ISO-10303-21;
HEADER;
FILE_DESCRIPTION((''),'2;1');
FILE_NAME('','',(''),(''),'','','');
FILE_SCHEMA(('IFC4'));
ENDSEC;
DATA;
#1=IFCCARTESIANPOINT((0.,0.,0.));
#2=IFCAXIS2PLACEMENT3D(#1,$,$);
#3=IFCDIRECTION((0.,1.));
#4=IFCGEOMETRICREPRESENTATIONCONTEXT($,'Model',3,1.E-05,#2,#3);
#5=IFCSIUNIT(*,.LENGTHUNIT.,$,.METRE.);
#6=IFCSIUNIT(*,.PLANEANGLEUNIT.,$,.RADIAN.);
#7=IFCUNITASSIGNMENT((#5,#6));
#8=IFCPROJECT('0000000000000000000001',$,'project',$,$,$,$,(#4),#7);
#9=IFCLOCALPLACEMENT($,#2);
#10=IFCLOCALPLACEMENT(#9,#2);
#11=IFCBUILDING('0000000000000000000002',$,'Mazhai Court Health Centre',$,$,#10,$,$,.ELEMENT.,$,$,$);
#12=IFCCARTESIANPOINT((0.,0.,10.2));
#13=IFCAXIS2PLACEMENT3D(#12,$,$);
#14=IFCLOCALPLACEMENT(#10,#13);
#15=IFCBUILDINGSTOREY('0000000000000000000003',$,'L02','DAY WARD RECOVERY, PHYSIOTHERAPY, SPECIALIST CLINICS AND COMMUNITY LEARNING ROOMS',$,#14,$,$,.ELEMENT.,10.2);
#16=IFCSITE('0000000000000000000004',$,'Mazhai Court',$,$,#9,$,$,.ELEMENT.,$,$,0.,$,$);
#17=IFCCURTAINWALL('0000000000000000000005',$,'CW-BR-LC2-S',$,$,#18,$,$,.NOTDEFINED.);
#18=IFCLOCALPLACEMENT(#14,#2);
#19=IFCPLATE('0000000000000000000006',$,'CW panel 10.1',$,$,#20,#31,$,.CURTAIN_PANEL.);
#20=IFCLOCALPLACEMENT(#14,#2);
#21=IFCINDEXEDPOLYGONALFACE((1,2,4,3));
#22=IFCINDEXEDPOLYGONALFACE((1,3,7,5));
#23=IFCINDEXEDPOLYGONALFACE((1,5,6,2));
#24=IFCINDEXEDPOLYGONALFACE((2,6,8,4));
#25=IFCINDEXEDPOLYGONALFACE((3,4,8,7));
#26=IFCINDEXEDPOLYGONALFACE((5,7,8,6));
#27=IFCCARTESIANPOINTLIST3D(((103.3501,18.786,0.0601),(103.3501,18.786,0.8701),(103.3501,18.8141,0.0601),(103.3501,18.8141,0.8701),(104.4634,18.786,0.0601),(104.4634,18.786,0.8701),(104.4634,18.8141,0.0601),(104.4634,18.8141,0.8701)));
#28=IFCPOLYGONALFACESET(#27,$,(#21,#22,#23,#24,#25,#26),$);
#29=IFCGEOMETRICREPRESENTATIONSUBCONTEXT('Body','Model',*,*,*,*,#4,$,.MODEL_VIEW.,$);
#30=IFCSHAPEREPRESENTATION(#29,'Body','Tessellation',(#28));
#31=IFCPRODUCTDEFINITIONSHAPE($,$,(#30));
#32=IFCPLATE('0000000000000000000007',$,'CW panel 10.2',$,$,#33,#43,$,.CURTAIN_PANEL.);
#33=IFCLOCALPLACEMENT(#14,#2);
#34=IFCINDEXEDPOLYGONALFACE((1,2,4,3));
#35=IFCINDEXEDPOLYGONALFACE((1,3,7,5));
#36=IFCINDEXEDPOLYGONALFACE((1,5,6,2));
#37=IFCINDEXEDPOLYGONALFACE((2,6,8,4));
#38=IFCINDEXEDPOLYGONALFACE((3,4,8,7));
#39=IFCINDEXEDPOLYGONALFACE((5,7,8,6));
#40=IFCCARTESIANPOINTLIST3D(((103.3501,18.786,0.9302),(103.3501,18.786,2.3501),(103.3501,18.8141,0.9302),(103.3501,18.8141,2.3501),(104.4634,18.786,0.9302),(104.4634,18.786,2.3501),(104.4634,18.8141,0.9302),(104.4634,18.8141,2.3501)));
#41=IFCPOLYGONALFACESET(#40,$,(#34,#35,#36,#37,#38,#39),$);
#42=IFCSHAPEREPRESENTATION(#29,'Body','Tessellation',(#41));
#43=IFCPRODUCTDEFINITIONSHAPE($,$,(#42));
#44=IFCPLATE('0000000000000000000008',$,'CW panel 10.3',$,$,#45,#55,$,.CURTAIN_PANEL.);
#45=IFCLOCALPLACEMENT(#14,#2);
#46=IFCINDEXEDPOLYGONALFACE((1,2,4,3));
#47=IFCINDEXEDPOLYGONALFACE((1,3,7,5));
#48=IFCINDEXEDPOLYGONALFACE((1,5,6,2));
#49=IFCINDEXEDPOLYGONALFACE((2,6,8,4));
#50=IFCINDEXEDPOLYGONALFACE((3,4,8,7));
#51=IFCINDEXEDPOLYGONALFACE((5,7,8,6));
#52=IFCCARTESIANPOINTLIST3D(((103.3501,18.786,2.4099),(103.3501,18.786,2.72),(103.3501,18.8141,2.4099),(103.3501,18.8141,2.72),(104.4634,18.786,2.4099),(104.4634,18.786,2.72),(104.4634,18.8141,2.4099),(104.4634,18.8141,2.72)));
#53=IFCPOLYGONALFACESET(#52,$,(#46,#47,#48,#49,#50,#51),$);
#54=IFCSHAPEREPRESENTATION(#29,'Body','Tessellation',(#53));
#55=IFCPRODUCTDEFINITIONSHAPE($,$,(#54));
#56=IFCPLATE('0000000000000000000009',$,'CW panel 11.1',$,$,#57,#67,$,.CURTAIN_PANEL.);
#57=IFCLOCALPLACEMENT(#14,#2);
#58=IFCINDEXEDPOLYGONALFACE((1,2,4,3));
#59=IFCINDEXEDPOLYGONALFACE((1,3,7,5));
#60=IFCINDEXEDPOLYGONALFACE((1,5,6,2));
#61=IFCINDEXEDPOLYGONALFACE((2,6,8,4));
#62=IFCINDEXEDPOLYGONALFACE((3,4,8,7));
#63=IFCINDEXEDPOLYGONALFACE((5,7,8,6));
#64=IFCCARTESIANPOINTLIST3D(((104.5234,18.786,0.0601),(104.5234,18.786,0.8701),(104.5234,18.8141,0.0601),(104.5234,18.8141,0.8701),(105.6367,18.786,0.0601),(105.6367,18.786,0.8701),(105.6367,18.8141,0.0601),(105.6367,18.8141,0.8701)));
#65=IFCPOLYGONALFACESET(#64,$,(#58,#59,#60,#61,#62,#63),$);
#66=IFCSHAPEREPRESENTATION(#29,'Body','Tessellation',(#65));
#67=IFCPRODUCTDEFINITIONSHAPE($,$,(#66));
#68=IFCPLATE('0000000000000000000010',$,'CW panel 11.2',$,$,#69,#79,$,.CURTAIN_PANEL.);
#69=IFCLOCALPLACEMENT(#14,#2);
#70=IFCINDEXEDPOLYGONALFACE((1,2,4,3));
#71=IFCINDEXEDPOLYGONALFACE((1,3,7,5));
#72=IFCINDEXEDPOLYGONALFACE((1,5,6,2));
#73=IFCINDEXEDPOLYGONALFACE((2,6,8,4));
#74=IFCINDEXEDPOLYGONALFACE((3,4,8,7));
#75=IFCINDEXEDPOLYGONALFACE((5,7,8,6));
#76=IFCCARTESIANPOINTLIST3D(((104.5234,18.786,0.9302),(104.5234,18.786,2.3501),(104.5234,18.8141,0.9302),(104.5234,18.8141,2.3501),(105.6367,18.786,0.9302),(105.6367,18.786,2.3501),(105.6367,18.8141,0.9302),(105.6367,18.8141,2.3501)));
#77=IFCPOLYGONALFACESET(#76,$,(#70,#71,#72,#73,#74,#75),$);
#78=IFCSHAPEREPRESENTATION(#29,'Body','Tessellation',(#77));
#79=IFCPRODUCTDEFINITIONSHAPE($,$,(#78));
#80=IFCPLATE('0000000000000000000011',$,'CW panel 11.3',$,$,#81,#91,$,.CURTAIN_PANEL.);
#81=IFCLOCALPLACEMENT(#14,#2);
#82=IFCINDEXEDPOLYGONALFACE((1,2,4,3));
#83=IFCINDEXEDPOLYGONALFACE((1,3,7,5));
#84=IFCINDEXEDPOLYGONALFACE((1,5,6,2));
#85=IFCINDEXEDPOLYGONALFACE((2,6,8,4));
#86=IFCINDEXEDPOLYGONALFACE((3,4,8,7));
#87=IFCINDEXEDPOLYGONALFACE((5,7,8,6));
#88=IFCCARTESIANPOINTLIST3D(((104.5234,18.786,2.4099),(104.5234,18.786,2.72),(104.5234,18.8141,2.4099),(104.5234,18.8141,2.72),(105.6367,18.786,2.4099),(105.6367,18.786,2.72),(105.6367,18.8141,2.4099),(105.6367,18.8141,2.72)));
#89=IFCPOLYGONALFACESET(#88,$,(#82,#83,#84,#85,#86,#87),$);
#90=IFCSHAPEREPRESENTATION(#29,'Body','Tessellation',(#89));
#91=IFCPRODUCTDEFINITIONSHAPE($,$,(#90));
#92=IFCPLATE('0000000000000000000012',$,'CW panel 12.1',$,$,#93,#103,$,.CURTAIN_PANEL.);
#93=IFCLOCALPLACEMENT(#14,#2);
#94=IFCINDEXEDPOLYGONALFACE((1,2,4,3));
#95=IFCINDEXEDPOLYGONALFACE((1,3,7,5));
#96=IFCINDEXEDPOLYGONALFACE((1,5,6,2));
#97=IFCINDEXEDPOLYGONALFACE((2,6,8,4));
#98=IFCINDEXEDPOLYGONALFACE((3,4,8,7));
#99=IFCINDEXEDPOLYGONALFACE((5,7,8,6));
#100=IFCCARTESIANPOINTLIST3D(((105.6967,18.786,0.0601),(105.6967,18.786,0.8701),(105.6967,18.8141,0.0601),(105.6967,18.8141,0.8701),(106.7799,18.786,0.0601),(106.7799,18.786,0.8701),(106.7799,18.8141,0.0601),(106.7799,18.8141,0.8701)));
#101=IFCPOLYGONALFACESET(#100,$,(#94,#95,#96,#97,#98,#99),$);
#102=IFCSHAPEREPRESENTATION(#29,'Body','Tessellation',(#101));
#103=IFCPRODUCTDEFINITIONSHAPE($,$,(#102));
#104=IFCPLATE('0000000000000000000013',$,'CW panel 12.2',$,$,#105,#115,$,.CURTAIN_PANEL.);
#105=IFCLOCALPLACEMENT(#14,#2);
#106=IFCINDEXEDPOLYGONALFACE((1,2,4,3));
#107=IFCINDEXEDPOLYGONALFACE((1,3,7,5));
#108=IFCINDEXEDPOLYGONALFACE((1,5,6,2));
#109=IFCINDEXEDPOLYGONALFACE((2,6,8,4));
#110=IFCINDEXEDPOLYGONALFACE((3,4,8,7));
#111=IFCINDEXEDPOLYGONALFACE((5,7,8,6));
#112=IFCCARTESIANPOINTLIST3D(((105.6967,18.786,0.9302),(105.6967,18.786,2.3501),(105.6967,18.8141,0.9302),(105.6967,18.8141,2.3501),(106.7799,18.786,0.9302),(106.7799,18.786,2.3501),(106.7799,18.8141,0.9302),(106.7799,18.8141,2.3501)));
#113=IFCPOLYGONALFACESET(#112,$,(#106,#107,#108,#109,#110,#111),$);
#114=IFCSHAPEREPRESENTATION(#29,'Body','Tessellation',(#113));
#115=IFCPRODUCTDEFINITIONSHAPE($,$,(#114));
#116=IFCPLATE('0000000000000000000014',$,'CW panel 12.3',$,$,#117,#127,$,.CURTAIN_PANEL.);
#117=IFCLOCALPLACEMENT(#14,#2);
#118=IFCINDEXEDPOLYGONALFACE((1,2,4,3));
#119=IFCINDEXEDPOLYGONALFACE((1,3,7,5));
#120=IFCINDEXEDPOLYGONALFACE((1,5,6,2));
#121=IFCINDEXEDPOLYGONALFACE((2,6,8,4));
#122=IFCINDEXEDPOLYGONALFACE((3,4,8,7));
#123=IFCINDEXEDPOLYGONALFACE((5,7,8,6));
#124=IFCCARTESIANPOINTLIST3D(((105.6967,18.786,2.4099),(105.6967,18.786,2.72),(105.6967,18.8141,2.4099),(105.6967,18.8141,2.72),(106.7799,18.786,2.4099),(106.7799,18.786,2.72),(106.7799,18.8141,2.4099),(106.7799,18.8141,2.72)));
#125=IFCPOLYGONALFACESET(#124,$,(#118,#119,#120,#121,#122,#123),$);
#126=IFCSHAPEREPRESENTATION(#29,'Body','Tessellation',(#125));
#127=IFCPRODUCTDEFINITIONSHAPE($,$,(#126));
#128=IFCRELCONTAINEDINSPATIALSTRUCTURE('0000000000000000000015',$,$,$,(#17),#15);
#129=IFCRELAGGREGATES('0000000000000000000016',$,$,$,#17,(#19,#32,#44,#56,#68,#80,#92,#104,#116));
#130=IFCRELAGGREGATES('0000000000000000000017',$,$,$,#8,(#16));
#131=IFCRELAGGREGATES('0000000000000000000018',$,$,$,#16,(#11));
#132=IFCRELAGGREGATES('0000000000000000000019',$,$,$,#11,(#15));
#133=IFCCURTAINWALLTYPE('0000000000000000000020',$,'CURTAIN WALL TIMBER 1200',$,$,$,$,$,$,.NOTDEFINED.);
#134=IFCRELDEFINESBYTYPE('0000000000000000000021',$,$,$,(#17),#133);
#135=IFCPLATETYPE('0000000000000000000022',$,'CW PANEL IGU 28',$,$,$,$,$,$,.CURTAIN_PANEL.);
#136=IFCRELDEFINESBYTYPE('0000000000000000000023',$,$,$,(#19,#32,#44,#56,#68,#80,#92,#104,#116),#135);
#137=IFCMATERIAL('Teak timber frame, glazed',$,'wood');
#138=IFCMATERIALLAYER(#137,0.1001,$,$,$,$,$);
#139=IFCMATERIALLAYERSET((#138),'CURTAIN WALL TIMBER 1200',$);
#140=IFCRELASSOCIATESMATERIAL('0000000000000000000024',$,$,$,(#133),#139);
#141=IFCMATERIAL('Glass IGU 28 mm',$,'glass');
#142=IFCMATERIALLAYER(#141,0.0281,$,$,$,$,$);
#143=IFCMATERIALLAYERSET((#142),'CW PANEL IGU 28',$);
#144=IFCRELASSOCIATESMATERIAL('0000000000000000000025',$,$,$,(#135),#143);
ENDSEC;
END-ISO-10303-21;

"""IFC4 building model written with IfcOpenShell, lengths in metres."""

from ifc_helpers import new_model, si_unit, direction, frame, origin, origin_2d, place, context, subcontext, project, spatial, rectangle, extrude, material, layer, layer_set, type_object, element, aggregate, save


model = new_model("IFC4")

# Units and contexts
model_context = context("Model", 3, precision=1e-05, world=origin(), true_north=direction((0.0, 1.0)))
body_context = subcontext(model_context, "Body", "Model", "MODEL_VIEW")
ifc_project = project(units=[si_unit("LENGTHUNIT", "METRE"), si_unit("PLANEANGLEUNIT", "RADIAN")], contexts=[model_context])

# Site, building, storey
site_placement = place(None, origin())
site = spatial("IfcSite", under=ifc_project, at=site_placement, Name="Mazhai Court", CompositionType="ELEMENT", RefElevation=0.0)
building_placement = place(site_placement, origin())
building = spatial("IfcBuilding", under=site, at=building_placement, Name="Mazhai Court Health Centre", CompositionType="ELEMENT")
storey_placement = place(building_placement, frame((0.0, 0.0, 10.2)))
storey = spatial("IfcBuildingStorey", under=building, at=storey_placement, Name="L02", Description="DAY WARD RECOVERY, PHYSIOTHERAPY, SPECIALIST CLINICS AND COMMUNITY LEARNING ROOMS", CompositionType="ELEMENT", Elevation=10.2)

# Curtain wall, plates
ifc_material_1 = material(Name="Teak timber frame, glazed", Category="wood")
ifc_layer_1 = layer(ifc_material_1, 0.1001)
ifc_layer_set_1 = layer_set([ifc_layer_1], Name="CURTAIN WALL TIMBER 1200")
curtain_wall_type = type_object("IfcCurtainWallType", Name="CURTAIN WALL TIMBER 1200", PredefinedType="NOTDEFINED", material=ifc_layer_set_1)
curtain_wall_placement = place(storey_placement, origin())
curtain_wall = element("IfcCurtainWall", 1, at=curtain_wall_placement, inside=storey, type_object=curtain_wall_type, Name="CW-BR-LC2-S", PredefinedType="NOTDEFINED")
ifc_material_2 = material(Name="Glass IGU 28 mm", Category="glass")
ifc_layer_2 = layer(ifc_material_2, 0.0281)
ifc_layer_set_2 = layer_set([ifc_layer_2], Name="CW PANEL IGU 28")
plate_type = type_object("IfcPlateType", Name="CW PANEL IGU 28", PredefinedType="CURTAIN_PANEL", material=ifc_layer_set_2)
plate_1_placement = place(storey_placement, frame((103.9067, 18.8, 0.0601), z_axis=(0.0, 0.0, 1.0), x_axis=(1.0, 0.0, 0.0)))
plate_1 = element("IfcPlate", 2, at=plate_1_placement, type_object=plate_type, Name="CW panel 10.1", PredefinedType="CURTAIN_PANEL", context=body_context, shape_type="SweptSolid", body=[
    extrude(rectangle(XDim=1.1133, YDim=0.0281, at=origin_2d()), origin(), (0.0, 0.0, 1.0), 0.8101),
])
plate_2_placement = place(storey_placement, frame((103.9067, 18.8, 0.9302), z_axis=(0.0, 0.0, 1.0), x_axis=(1.0, 0.0, 0.0)))
plate_2 = element("IfcPlate", 3, at=plate_2_placement, type_object=plate_type, Name="CW panel 10.2", PredefinedType="CURTAIN_PANEL", context=body_context, shape_type="SweptSolid", body=[
    extrude(rectangle(XDim=1.1133, YDim=0.0281, at=origin_2d()), origin(), (0.0, 0.0, 1.0), 1.4199),
])
plate_3_placement = place(storey_placement, frame((103.9067, 18.8, 2.4099), z_axis=(0.0, 0.0, 1.0), x_axis=(1.0, 0.0, 0.0)))
plate_3 = element("IfcPlate", 4, at=plate_3_placement, type_object=plate_type, Name="CW panel 10.3", PredefinedType="CURTAIN_PANEL", context=body_context, shape_type="SweptSolid", body=[
    extrude(rectangle(XDim=1.1133, YDim=0.0281, at=origin_2d()), origin(), (0.0, 0.0, 1.0), 0.3101),
])
plate_4_placement = place(storey_placement, frame((105.0801, 18.8, 0.0601), z_axis=(0.0, 0.0, 1.0), x_axis=(1.0, 0.0, 0.0)))
plate_4 = element("IfcPlate", 5, at=plate_4_placement, type_object=plate_type, Name="CW panel 11.1", PredefinedType="CURTAIN_PANEL", context=body_context, shape_type="SweptSolid", body=[
    extrude(rectangle(XDim=1.1133, YDim=0.0281, at=origin_2d()), origin(), (0.0, 0.0, 1.0), 0.8101),
])
plate_5_placement = place(storey_placement, frame((105.0801, 18.8, 0.9302), z_axis=(0.0, 0.0, 1.0), x_axis=(1.0, 0.0, 0.0)))
plate_5 = element("IfcPlate", 6, at=plate_5_placement, type_object=plate_type, Name="CW panel 11.2", PredefinedType="CURTAIN_PANEL", context=body_context, shape_type="SweptSolid", body=[
    extrude(rectangle(XDim=1.1133, YDim=0.0281, at=origin_2d()), origin(), (0.0, 0.0, 1.0), 1.4199),
])
plate_6_placement = place(storey_placement, frame((105.0801, 18.8, 2.4099), z_axis=(0.0, 0.0, 1.0), x_axis=(1.0, 0.0, 0.0)))
plate_6 = element("IfcPlate", 7, at=plate_6_placement, type_object=plate_type, Name="CW panel 11.3", PredefinedType="CURTAIN_PANEL", context=body_context, shape_type="SweptSolid", body=[
    extrude(rectangle(XDim=1.1133, YDim=0.0281, at=origin_2d()), origin(), (0.0, 0.0, 1.0), 0.3101),
])
plate_7_placement = place(storey_placement, frame((106.2383, 18.8, 0.0601), z_axis=(0.0, 0.0, 1.0), x_axis=(1.0, 0.0, 0.0)))
plate_7 = element("IfcPlate", 8, at=plate_7_placement, type_object=plate_type, Name="CW panel 12.1", PredefinedType="CURTAIN_PANEL", context=body_context, shape_type="SweptSolid", body=[
    extrude(rectangle(XDim=1.0833, YDim=0.0281, at=origin_2d()), origin(), (0.0, 0.0, 1.0), 0.8101),
])
plate_8_placement = place(storey_placement, frame((106.2383, 18.8, 0.9302), z_axis=(0.0, 0.0, 1.0), x_axis=(1.0, 0.0, 0.0)))
plate_8 = element("IfcPlate", 9, at=plate_8_placement, type_object=plate_type, Name="CW panel 12.2", PredefinedType="CURTAIN_PANEL", context=body_context, shape_type="SweptSolid", body=[
    extrude(rectangle(XDim=1.0833, YDim=0.0281, at=origin_2d()), origin(), (0.0, 0.0, 1.0), 1.4199),
])
plate_9_placement = place(storey_placement, frame((106.2383, 18.8, 2.4099), z_axis=(0.0, 0.0, 1.0), x_axis=(1.0, 0.0, 0.0)))
plate_9 = element("IfcPlate", 10, at=plate_9_placement, type_object=plate_type, Name="CW panel 12.3", PredefinedType="CURTAIN_PANEL", context=body_context, shape_type="SweptSolid", body=[
    extrude(rectangle(XDim=1.0833, YDim=0.0281, at=origin_2d()), origin(), (0.0, 0.0, 1.0), 0.3101),
])
aggregate(curtain_wall, [plate_1, plate_2, plate_3, plate_4, plate_5, plate_6, plate_7, plate_8, plate_9])

save(model, "model.ifc")
